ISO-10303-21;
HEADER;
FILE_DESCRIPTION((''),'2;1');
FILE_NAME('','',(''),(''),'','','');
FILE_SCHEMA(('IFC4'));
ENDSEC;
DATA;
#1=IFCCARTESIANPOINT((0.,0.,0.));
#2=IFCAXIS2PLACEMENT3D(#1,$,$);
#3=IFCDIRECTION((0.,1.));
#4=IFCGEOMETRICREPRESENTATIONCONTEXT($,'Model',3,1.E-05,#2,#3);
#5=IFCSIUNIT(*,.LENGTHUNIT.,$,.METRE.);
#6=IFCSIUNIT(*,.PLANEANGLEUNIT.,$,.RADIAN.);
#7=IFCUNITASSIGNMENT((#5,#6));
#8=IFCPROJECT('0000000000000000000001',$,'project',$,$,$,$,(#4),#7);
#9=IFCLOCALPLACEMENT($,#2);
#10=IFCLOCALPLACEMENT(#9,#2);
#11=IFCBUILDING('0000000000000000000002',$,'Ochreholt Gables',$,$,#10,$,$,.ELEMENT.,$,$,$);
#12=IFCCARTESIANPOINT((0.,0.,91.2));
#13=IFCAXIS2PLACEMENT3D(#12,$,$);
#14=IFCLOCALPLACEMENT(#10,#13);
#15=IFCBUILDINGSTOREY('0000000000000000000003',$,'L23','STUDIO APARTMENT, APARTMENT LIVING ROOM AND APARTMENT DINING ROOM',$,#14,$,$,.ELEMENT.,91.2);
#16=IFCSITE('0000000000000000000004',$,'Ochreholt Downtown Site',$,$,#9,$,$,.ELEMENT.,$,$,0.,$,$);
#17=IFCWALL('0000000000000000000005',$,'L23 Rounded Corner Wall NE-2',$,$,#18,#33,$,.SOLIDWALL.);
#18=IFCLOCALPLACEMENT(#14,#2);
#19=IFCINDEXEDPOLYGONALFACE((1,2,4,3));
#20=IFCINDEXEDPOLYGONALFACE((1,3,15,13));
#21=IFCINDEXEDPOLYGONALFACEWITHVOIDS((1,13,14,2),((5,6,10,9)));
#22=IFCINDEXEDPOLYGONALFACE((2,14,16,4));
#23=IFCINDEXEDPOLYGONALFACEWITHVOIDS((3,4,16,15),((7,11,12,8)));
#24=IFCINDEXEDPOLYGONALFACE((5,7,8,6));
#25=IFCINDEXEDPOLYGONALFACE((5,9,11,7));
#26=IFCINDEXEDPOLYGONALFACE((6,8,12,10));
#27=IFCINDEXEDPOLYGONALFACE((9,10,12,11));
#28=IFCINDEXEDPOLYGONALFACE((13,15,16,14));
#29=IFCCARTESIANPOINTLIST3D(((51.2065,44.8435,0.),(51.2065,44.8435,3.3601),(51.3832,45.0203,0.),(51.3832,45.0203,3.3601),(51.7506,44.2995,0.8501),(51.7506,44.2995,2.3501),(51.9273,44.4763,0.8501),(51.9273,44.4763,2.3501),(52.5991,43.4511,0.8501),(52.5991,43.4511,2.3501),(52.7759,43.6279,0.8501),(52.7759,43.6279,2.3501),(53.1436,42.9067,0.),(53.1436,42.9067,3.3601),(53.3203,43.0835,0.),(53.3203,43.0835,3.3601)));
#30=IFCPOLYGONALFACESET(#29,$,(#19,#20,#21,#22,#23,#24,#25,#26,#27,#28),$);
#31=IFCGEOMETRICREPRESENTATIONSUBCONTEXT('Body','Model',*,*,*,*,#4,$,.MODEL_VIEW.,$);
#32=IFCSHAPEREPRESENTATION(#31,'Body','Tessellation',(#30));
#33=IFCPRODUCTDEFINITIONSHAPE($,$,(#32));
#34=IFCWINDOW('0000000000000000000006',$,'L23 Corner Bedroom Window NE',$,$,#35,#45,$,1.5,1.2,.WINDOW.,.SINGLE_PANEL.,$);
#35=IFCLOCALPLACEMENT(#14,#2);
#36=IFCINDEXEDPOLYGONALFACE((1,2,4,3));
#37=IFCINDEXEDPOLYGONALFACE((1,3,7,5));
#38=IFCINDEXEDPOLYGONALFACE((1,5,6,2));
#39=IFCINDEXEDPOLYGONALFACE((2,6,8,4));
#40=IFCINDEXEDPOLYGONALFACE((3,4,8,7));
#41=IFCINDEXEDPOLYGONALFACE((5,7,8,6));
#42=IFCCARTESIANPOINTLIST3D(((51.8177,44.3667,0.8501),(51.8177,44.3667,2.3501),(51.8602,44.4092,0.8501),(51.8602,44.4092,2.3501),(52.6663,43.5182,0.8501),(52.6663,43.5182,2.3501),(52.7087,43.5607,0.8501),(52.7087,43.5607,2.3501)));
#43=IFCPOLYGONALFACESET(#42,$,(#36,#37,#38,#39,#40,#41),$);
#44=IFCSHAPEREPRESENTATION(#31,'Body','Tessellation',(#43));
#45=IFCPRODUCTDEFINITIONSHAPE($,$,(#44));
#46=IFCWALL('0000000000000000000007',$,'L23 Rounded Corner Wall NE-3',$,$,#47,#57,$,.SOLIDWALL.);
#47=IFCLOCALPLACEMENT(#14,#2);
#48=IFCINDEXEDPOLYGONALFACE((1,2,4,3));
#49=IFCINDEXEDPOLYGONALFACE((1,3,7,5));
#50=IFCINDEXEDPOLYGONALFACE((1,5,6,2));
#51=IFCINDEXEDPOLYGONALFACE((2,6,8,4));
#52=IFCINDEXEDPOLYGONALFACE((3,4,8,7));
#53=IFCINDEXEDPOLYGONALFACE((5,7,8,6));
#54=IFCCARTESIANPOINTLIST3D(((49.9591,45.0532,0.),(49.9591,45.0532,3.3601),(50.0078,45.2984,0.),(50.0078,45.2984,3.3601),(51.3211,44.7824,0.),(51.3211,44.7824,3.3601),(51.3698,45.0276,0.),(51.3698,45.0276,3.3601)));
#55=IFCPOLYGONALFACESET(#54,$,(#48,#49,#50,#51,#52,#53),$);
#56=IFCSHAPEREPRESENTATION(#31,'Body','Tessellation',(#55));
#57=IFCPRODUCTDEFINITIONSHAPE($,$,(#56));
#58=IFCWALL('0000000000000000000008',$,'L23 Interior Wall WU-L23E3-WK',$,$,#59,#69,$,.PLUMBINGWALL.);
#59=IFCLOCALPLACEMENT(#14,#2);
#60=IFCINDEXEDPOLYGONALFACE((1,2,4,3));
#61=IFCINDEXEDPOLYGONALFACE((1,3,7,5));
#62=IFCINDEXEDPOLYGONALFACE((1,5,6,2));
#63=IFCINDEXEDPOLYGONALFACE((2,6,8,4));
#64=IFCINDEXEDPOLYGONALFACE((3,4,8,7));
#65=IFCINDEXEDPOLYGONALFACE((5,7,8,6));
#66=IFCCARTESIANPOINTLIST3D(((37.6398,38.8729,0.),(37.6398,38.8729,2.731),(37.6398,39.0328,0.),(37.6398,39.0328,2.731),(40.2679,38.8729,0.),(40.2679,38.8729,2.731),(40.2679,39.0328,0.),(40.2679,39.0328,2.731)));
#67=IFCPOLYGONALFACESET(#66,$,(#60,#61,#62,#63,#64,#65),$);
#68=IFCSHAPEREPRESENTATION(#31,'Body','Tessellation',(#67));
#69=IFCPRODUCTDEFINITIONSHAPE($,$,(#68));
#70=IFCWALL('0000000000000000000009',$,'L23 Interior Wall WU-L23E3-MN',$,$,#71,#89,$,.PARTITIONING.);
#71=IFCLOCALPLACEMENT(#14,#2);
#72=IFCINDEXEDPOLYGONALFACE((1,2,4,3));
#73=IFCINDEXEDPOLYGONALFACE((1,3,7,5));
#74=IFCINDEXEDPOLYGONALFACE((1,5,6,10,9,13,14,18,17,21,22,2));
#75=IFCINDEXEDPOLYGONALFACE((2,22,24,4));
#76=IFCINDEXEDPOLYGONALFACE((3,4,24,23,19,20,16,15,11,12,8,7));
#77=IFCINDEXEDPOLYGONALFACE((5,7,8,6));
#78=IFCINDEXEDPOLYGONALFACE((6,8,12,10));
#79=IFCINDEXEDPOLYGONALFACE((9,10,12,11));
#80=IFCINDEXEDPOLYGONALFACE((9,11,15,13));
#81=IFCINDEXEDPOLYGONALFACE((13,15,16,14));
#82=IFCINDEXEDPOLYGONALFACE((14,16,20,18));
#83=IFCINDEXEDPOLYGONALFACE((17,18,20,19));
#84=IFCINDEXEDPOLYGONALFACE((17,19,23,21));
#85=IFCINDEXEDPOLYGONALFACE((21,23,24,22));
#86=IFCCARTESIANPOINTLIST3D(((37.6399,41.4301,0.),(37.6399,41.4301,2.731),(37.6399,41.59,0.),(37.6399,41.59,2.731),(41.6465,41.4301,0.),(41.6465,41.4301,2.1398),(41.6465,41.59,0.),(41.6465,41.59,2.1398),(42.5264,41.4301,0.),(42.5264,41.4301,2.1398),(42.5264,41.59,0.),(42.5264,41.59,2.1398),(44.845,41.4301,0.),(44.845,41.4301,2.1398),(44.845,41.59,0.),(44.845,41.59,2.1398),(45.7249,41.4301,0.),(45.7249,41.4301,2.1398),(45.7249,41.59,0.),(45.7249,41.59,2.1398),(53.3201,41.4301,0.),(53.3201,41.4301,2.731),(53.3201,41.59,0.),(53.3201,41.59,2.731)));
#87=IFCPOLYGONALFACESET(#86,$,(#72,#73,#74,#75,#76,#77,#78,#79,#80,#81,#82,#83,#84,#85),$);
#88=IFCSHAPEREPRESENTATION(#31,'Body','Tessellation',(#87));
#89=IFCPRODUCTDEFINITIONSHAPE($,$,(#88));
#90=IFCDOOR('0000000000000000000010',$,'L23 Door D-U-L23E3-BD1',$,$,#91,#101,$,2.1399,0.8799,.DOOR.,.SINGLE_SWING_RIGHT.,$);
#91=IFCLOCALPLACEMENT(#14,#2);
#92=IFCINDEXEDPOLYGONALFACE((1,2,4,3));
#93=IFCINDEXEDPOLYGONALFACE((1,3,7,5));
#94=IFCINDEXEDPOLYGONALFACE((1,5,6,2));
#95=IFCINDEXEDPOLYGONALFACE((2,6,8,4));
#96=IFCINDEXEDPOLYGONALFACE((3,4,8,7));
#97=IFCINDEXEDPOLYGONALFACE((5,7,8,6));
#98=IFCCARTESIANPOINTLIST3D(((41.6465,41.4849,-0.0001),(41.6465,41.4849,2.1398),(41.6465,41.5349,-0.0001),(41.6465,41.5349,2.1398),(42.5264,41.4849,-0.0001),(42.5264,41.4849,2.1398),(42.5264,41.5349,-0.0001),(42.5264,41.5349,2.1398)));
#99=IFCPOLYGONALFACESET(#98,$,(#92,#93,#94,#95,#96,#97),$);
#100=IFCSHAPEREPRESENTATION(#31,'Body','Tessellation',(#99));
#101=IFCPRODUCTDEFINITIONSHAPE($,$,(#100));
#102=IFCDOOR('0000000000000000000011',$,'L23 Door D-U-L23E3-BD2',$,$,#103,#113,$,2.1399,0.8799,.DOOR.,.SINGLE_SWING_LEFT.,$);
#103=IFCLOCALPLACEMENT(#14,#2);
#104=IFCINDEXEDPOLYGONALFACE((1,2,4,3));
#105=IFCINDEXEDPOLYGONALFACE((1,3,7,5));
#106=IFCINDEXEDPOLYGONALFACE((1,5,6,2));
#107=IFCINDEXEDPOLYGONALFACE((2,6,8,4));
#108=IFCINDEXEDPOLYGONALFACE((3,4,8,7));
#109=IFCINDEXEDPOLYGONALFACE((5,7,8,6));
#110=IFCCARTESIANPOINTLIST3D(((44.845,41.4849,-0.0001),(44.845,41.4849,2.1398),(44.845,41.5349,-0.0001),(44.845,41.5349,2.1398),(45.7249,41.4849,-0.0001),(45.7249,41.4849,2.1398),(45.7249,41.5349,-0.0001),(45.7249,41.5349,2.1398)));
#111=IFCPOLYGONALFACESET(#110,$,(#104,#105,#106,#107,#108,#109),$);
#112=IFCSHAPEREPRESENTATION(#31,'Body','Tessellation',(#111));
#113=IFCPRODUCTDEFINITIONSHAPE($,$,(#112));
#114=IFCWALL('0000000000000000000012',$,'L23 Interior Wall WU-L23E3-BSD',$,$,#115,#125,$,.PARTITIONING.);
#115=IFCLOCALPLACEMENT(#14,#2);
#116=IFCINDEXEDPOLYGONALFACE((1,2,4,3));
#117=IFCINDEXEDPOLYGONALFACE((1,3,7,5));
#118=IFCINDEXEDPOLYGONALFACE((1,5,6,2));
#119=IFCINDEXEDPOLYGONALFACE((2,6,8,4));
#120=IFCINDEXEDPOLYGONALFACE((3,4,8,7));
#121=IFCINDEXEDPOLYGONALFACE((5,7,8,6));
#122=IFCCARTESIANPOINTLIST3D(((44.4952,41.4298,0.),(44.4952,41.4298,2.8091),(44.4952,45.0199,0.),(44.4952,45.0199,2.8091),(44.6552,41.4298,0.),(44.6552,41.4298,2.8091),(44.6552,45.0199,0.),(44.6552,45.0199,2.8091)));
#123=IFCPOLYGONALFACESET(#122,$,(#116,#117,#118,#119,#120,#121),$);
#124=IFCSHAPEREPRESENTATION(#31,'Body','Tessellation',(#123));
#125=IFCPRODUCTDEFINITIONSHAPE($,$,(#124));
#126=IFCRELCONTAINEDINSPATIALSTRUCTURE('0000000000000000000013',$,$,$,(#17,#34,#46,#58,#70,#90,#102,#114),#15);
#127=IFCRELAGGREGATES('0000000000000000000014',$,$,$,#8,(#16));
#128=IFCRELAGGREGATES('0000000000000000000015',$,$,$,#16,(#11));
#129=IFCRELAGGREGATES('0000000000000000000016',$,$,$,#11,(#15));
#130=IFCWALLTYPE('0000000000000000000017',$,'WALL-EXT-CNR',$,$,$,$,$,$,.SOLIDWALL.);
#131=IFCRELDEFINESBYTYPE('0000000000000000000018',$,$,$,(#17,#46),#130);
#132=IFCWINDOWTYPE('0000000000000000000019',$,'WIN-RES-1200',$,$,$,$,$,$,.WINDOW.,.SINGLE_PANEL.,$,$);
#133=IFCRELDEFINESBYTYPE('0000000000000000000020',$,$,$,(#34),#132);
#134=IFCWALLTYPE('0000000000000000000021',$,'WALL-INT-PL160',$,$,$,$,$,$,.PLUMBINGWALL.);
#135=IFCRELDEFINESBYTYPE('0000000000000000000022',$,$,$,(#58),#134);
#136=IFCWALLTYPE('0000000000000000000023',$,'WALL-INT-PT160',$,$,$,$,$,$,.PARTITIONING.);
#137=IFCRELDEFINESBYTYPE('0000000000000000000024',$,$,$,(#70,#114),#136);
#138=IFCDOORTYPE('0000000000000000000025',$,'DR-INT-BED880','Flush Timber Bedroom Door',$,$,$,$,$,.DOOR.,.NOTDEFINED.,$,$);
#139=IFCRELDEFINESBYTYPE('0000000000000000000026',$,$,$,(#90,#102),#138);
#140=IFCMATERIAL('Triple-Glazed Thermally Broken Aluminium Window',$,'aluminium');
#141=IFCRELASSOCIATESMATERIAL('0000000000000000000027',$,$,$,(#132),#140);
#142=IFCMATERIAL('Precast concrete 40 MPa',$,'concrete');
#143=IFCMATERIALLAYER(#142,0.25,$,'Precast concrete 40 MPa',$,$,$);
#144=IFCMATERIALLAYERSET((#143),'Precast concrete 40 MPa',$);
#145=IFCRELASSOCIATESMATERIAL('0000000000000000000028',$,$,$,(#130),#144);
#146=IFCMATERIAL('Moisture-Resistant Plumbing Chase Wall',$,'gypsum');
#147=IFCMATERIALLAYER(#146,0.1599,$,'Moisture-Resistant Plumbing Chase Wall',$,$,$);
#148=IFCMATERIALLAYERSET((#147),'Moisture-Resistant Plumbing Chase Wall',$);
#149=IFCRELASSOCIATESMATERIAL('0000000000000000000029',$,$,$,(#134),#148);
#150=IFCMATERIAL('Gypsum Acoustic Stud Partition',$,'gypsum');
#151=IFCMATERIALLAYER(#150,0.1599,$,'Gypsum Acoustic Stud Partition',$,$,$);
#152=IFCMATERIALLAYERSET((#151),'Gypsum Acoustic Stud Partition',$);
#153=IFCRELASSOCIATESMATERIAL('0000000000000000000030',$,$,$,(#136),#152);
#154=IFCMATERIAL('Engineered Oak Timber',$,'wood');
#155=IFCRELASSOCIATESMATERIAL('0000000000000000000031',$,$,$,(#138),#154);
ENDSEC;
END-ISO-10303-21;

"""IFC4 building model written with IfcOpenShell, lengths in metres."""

from ifc_helpers import new_model, si_unit, direction, frame, frame_2d, origin, place, context, subcontext, project, spatial, rectangle, extrude, material, layer, layer_set, type_object, element, fill, save


model = new_model("IFC4")

# Units and contexts
model_context = context("Model", 3, precision=1e-05, world=origin(), true_north=direction((0.0, 1.0)))
body_context = subcontext(model_context, "Body", "Model", "MODEL_VIEW")
ifc_project = project(units=[si_unit("LENGTHUNIT", "METRE"), si_unit("PLANEANGLEUNIT", "RADIAN")], contexts=[model_context])

# Site, building, storey
site_placement = place(None, origin())
site = spatial("IfcSite", under=ifc_project, at=site_placement, Name="Ochreholt Downtown Site", CompositionType="ELEMENT", RefElevation=0.0)
building_placement = place(site_placement, origin())
building = spatial("IfcBuilding", under=site, at=building_placement, Name="Ochreholt Gables", CompositionType="ELEMENT")
storey_placement = place(building_placement, frame((0.0, 0.0, 91.2)))
storey = spatial("IfcBuildingStorey", under=building, at=storey_placement, Name="L23", Description="STUDIO APARTMENT, APARTMENT LIVING ROOM AND APARTMENT DINING ROOM", CompositionType="ELEMENT", Elevation=91.2)

# Shared definitions
ifc_material_1 = material(Name="Precast concrete 40 MPa", Category="concrete")
ifc_material_2 = material(Name="Triple-Glazed Thermally Broken Aluminium Window", Category="aluminium")
window_type_1 = type_object("IfcWindowType", Name="WIN-RES-1200", PartitioningType="SINGLE_PANEL", PredefinedType="WINDOW", material=ifc_material_2)

# Shared definitions
ifc_layer_1 = layer(ifc_material_1, 0.25, Name="Precast concrete 40 MPa")
ifc_layer_set_1 = layer_set([ifc_layer_1], Name="Precast concrete 40 MPa")
wall_type_1 = type_object("IfcWallType", Name="WALL-EXT-CNR", PredefinedType="SOLIDWALL", material=ifc_layer_set_1)

# Wall, opening, window
wall_1_placement = place(storey_placement, frame((53.2319, 42.9951, 0.0), z_axis=(0.0, 0.0, 1.0), x_axis=(-0.707151, 0.707062, 0.0)))
wall_1 = element("IfcWall", 1, at=wall_1_placement, inside=storey, type_object=wall_type_1, Name="L23 Rounded Corner Wall NE-2", PredefinedType="SOLIDWALL", context=body_context, shape_type="SweptSolid", body=[
    extrude(rectangle(XDim=2.7393, YDim=0.25, at=frame_2d((1.3696, 0.0))), origin(), (0.0, 0.0, 1.0), 3.3601),
])
opening_1_placement = place(wall_1_placement, frame((0.7698, 0.0, 0.8501)))
opening_1 = element("IfcOpeningElement", 2, at=opening_1_placement, cuts=wall_1, PredefinedType="OPENING", context=body_context, shape_type="SweptSolid", body=[
    extrude(rectangle(XDim=1.2, YDim=1.5, at=frame_2d((0.6001, 0.75))), frame((0.0, 0.135, 0.0), z_axis=(0.0, -1.0, 0.0), x_axis=(1.0, 0.0, 0.0)), (0.0, 0.0, 1.0), 0.27),
])
window_1_placement = place(opening_1_placement, origin())
window_1 = element("IfcWindow", 3, at=window_1_placement, inside=storey, type_object=window_type_1, Name="L23 Corner Bedroom Window NE", OverallHeight=1.5, OverallWidth=1.2, PartitioningType="SINGLE_PANEL", PredefinedType="WINDOW", context=body_context, shape_type="SweptSolid", body=[
    extrude(rectangle(XDim=1.2, YDim=1.5, at=frame_2d((0.6001, 0.75))), frame((0.0, 0.03, 0.0), z_axis=(0.0, -1.0, 0.0), x_axis=(1.0, 0.0, 0.0)), (0.0, 0.0, 1.0), 0.0601),
])
fill(opening_1, window_1)

# Walls
wall_2_placement = place(storey_placement, frame((51.3455, 44.905, 0.0), z_axis=(0.0, 0.0, 1.0), x_axis=(-0.98081, 0.194967, 0.0)))
element("IfcWall", 4, at=wall_2_placement, inside=storey, type_object=wall_type_1, Name="L23 Rounded Corner Wall NE-3", PredefinedType="SOLIDWALL", context=body_context, shape_type="SweptSolid", body=[
    extrude(rectangle(XDim=1.3887, YDim=0.25, at=frame_2d((0.6943, 0.0))), origin(), (0.0, 0.0, 1.0), 3.3601),
])
ifc_material_3 = material(Name="Moisture-Resistant Plumbing Chase Wall", Category="gypsum")
ifc_layer_2 = layer(ifc_material_3, 0.1599, Name="Moisture-Resistant Plumbing Chase Wall")
ifc_layer_set_2 = layer_set([ifc_layer_2], Name="Moisture-Resistant Plumbing Chase Wall")
wall_type_2 = type_object("IfcWallType", Name="WALL-INT-PL160", PredefinedType="PLUMBINGWALL", material=ifc_layer_set_2)
wall_3_placement = place(storey_placement, frame((37.6399, 38.9529, 0.0), z_axis=(0.0, 0.0, 1.0), x_axis=(1.0, 0.0, 0.0)))
element("IfcWall", 5, at=wall_3_placement, inside=storey, type_object=wall_type_2, Name="L23 Interior Wall WU-L23E3-WK", PredefinedType="PLUMBINGWALL", context=body_context, shape_type="SweptSolid", body=[
    extrude(rectangle(XDim=2.6282, YDim=0.1599, at=frame_2d((1.314, 0.0))), origin(), (0.0, 0.0, 1.0), 2.731),
])

# Wall, openings, doors
ifc_material_4 = material(Name="Gypsum Acoustic Stud Partition", Category="gypsum")
ifc_layer_3 = layer(ifc_material_4, 0.1599, Name="Gypsum Acoustic Stud Partition")
ifc_layer_set_3 = layer_set([ifc_layer_3], Name="Gypsum Acoustic Stud Partition")
wall_type_3 = type_object("IfcWallType", Name="WALL-INT-PT160", PredefinedType="PARTITIONING", material=ifc_layer_set_3)
wall_4_placement = place(storey_placement, frame((37.6399, 41.51, 0.0), z_axis=(0.0, 0.0, 1.0), x_axis=(1.0, 0.0, 0.0)))
wall_4 = element("IfcWall", 6, at=wall_4_placement, inside=storey, type_object=wall_type_3, Name="L23 Interior Wall WU-L23E3-MN", PredefinedType="PARTITIONING", context=body_context, shape_type="SweptSolid", body=[
    extrude(rectangle(XDim=15.6802, YDim=0.1599, at=frame_2d((7.8401, 0.0))), origin(), (0.0, 0.0, 1.0), 2.731),
])
opening_2_placement = place(wall_4_placement, frame((4.0066, 0.0, 0.0)))
opening_2 = element("IfcOpeningElement", 7, at=opening_2_placement, cuts=wall_4, PredefinedType="OPENING", context=body_context, shape_type="SweptSolid", body=[
    extrude(rectangle(XDim=0.8799, YDim=2.1399, at=frame_2d((0.4399, 1.0698))), frame((0.0, 0.0898, 0.0), z_axis=(0.0, -1.0, 0.0), x_axis=(1.0, 0.0, 0.0)), (0.0, 0.0, 1.0), 0.1799),
])
opening_3_placement = place(wall_4_placement, frame((7.2051, 0.0, 0.0)))
opening_3 = element("IfcOpeningElement", 8, at=opening_3_placement, cuts=wall_4, PredefinedType="OPENING", context=body_context, shape_type="SweptSolid", body=[
    extrude(rectangle(XDim=0.8799, YDim=2.1399, at=frame_2d((0.4399, 1.0698))), frame((0.0, 0.0898, 0.0), z_axis=(0.0, -1.0, 0.0), x_axis=(1.0, 0.0, 0.0)), (0.0, 0.0, 1.0), 0.1799),
])
ifc_material_5 = material(Name="Engineered Oak Timber", Category="wood")
door_type = type_object("IfcDoorType", Name="DR-INT-BED880", Description="Flush Timber Bedroom Door", OperationType="NOTDEFINED", PredefinedType="DOOR", material=ifc_material_5)
door_1_placement = place(opening_2_placement, origin())
door_1 = element("IfcDoor", 9, at=door_1_placement, inside=storey, type_object=door_type, Name="L23 Door D-U-L23E3-BD1", OperationType="SINGLE_SWING_RIGHT", OverallHeight=2.1399, OverallWidth=0.8799, PredefinedType="DOOR", context=body_context, shape_type="SweptSolid", body=[
    extrude(rectangle(XDim=0.8799, YDim=2.1399, at=frame_2d((0.4399, 1.0698))), frame((0.0, 0.0249, 0.0), z_axis=(0.0, -1.0, 0.0), x_axis=(1.0, 0.0, 0.0)), (0.0, 0.0, 1.0), 0.05),
])
fill(opening_2, door_1)
door_2_placement = place(opening_3_placement, origin())
door_2 = element("IfcDoor", 10, at=door_2_placement, inside=storey, type_object=door_type, Name="L23 Door D-U-L23E3-BD2", OperationType="SINGLE_SWING_LEFT", OverallHeight=2.1399, OverallWidth=0.8799, PredefinedType="DOOR", context=body_context, shape_type="SweptSolid", body=[
    extrude(rectangle(XDim=0.8799, YDim=2.1399, at=frame_2d((0.4399, 1.0698))), frame((0.0, 0.0249, 0.0), z_axis=(0.0, -1.0, 0.0), x_axis=(1.0, 0.0, 0.0)), (0.0, 0.0, 1.0), 0.05),
])
fill(opening_3, door_2)

# Wall
wall_5_placement = place(storey_placement, frame((44.5752, 41.4299, 0.0), z_axis=(0.0, 0.0, 1.0), x_axis=(0.0, 1.0, 0.0)))
element("IfcWall", 11, at=wall_5_placement, inside=storey, type_object=wall_type_3, Name="L23 Interior Wall WU-L23E3-BSD", PredefinedType="PARTITIONING", context=body_context, shape_type="SweptSolid", body=[
    extrude(rectangle(XDim=3.5901, YDim=0.1599, at=frame_2d((1.7949, 0.0))), origin(), (0.0, 0.0, 1.0), 2.8091),
])

save(model, "model.ifc")
